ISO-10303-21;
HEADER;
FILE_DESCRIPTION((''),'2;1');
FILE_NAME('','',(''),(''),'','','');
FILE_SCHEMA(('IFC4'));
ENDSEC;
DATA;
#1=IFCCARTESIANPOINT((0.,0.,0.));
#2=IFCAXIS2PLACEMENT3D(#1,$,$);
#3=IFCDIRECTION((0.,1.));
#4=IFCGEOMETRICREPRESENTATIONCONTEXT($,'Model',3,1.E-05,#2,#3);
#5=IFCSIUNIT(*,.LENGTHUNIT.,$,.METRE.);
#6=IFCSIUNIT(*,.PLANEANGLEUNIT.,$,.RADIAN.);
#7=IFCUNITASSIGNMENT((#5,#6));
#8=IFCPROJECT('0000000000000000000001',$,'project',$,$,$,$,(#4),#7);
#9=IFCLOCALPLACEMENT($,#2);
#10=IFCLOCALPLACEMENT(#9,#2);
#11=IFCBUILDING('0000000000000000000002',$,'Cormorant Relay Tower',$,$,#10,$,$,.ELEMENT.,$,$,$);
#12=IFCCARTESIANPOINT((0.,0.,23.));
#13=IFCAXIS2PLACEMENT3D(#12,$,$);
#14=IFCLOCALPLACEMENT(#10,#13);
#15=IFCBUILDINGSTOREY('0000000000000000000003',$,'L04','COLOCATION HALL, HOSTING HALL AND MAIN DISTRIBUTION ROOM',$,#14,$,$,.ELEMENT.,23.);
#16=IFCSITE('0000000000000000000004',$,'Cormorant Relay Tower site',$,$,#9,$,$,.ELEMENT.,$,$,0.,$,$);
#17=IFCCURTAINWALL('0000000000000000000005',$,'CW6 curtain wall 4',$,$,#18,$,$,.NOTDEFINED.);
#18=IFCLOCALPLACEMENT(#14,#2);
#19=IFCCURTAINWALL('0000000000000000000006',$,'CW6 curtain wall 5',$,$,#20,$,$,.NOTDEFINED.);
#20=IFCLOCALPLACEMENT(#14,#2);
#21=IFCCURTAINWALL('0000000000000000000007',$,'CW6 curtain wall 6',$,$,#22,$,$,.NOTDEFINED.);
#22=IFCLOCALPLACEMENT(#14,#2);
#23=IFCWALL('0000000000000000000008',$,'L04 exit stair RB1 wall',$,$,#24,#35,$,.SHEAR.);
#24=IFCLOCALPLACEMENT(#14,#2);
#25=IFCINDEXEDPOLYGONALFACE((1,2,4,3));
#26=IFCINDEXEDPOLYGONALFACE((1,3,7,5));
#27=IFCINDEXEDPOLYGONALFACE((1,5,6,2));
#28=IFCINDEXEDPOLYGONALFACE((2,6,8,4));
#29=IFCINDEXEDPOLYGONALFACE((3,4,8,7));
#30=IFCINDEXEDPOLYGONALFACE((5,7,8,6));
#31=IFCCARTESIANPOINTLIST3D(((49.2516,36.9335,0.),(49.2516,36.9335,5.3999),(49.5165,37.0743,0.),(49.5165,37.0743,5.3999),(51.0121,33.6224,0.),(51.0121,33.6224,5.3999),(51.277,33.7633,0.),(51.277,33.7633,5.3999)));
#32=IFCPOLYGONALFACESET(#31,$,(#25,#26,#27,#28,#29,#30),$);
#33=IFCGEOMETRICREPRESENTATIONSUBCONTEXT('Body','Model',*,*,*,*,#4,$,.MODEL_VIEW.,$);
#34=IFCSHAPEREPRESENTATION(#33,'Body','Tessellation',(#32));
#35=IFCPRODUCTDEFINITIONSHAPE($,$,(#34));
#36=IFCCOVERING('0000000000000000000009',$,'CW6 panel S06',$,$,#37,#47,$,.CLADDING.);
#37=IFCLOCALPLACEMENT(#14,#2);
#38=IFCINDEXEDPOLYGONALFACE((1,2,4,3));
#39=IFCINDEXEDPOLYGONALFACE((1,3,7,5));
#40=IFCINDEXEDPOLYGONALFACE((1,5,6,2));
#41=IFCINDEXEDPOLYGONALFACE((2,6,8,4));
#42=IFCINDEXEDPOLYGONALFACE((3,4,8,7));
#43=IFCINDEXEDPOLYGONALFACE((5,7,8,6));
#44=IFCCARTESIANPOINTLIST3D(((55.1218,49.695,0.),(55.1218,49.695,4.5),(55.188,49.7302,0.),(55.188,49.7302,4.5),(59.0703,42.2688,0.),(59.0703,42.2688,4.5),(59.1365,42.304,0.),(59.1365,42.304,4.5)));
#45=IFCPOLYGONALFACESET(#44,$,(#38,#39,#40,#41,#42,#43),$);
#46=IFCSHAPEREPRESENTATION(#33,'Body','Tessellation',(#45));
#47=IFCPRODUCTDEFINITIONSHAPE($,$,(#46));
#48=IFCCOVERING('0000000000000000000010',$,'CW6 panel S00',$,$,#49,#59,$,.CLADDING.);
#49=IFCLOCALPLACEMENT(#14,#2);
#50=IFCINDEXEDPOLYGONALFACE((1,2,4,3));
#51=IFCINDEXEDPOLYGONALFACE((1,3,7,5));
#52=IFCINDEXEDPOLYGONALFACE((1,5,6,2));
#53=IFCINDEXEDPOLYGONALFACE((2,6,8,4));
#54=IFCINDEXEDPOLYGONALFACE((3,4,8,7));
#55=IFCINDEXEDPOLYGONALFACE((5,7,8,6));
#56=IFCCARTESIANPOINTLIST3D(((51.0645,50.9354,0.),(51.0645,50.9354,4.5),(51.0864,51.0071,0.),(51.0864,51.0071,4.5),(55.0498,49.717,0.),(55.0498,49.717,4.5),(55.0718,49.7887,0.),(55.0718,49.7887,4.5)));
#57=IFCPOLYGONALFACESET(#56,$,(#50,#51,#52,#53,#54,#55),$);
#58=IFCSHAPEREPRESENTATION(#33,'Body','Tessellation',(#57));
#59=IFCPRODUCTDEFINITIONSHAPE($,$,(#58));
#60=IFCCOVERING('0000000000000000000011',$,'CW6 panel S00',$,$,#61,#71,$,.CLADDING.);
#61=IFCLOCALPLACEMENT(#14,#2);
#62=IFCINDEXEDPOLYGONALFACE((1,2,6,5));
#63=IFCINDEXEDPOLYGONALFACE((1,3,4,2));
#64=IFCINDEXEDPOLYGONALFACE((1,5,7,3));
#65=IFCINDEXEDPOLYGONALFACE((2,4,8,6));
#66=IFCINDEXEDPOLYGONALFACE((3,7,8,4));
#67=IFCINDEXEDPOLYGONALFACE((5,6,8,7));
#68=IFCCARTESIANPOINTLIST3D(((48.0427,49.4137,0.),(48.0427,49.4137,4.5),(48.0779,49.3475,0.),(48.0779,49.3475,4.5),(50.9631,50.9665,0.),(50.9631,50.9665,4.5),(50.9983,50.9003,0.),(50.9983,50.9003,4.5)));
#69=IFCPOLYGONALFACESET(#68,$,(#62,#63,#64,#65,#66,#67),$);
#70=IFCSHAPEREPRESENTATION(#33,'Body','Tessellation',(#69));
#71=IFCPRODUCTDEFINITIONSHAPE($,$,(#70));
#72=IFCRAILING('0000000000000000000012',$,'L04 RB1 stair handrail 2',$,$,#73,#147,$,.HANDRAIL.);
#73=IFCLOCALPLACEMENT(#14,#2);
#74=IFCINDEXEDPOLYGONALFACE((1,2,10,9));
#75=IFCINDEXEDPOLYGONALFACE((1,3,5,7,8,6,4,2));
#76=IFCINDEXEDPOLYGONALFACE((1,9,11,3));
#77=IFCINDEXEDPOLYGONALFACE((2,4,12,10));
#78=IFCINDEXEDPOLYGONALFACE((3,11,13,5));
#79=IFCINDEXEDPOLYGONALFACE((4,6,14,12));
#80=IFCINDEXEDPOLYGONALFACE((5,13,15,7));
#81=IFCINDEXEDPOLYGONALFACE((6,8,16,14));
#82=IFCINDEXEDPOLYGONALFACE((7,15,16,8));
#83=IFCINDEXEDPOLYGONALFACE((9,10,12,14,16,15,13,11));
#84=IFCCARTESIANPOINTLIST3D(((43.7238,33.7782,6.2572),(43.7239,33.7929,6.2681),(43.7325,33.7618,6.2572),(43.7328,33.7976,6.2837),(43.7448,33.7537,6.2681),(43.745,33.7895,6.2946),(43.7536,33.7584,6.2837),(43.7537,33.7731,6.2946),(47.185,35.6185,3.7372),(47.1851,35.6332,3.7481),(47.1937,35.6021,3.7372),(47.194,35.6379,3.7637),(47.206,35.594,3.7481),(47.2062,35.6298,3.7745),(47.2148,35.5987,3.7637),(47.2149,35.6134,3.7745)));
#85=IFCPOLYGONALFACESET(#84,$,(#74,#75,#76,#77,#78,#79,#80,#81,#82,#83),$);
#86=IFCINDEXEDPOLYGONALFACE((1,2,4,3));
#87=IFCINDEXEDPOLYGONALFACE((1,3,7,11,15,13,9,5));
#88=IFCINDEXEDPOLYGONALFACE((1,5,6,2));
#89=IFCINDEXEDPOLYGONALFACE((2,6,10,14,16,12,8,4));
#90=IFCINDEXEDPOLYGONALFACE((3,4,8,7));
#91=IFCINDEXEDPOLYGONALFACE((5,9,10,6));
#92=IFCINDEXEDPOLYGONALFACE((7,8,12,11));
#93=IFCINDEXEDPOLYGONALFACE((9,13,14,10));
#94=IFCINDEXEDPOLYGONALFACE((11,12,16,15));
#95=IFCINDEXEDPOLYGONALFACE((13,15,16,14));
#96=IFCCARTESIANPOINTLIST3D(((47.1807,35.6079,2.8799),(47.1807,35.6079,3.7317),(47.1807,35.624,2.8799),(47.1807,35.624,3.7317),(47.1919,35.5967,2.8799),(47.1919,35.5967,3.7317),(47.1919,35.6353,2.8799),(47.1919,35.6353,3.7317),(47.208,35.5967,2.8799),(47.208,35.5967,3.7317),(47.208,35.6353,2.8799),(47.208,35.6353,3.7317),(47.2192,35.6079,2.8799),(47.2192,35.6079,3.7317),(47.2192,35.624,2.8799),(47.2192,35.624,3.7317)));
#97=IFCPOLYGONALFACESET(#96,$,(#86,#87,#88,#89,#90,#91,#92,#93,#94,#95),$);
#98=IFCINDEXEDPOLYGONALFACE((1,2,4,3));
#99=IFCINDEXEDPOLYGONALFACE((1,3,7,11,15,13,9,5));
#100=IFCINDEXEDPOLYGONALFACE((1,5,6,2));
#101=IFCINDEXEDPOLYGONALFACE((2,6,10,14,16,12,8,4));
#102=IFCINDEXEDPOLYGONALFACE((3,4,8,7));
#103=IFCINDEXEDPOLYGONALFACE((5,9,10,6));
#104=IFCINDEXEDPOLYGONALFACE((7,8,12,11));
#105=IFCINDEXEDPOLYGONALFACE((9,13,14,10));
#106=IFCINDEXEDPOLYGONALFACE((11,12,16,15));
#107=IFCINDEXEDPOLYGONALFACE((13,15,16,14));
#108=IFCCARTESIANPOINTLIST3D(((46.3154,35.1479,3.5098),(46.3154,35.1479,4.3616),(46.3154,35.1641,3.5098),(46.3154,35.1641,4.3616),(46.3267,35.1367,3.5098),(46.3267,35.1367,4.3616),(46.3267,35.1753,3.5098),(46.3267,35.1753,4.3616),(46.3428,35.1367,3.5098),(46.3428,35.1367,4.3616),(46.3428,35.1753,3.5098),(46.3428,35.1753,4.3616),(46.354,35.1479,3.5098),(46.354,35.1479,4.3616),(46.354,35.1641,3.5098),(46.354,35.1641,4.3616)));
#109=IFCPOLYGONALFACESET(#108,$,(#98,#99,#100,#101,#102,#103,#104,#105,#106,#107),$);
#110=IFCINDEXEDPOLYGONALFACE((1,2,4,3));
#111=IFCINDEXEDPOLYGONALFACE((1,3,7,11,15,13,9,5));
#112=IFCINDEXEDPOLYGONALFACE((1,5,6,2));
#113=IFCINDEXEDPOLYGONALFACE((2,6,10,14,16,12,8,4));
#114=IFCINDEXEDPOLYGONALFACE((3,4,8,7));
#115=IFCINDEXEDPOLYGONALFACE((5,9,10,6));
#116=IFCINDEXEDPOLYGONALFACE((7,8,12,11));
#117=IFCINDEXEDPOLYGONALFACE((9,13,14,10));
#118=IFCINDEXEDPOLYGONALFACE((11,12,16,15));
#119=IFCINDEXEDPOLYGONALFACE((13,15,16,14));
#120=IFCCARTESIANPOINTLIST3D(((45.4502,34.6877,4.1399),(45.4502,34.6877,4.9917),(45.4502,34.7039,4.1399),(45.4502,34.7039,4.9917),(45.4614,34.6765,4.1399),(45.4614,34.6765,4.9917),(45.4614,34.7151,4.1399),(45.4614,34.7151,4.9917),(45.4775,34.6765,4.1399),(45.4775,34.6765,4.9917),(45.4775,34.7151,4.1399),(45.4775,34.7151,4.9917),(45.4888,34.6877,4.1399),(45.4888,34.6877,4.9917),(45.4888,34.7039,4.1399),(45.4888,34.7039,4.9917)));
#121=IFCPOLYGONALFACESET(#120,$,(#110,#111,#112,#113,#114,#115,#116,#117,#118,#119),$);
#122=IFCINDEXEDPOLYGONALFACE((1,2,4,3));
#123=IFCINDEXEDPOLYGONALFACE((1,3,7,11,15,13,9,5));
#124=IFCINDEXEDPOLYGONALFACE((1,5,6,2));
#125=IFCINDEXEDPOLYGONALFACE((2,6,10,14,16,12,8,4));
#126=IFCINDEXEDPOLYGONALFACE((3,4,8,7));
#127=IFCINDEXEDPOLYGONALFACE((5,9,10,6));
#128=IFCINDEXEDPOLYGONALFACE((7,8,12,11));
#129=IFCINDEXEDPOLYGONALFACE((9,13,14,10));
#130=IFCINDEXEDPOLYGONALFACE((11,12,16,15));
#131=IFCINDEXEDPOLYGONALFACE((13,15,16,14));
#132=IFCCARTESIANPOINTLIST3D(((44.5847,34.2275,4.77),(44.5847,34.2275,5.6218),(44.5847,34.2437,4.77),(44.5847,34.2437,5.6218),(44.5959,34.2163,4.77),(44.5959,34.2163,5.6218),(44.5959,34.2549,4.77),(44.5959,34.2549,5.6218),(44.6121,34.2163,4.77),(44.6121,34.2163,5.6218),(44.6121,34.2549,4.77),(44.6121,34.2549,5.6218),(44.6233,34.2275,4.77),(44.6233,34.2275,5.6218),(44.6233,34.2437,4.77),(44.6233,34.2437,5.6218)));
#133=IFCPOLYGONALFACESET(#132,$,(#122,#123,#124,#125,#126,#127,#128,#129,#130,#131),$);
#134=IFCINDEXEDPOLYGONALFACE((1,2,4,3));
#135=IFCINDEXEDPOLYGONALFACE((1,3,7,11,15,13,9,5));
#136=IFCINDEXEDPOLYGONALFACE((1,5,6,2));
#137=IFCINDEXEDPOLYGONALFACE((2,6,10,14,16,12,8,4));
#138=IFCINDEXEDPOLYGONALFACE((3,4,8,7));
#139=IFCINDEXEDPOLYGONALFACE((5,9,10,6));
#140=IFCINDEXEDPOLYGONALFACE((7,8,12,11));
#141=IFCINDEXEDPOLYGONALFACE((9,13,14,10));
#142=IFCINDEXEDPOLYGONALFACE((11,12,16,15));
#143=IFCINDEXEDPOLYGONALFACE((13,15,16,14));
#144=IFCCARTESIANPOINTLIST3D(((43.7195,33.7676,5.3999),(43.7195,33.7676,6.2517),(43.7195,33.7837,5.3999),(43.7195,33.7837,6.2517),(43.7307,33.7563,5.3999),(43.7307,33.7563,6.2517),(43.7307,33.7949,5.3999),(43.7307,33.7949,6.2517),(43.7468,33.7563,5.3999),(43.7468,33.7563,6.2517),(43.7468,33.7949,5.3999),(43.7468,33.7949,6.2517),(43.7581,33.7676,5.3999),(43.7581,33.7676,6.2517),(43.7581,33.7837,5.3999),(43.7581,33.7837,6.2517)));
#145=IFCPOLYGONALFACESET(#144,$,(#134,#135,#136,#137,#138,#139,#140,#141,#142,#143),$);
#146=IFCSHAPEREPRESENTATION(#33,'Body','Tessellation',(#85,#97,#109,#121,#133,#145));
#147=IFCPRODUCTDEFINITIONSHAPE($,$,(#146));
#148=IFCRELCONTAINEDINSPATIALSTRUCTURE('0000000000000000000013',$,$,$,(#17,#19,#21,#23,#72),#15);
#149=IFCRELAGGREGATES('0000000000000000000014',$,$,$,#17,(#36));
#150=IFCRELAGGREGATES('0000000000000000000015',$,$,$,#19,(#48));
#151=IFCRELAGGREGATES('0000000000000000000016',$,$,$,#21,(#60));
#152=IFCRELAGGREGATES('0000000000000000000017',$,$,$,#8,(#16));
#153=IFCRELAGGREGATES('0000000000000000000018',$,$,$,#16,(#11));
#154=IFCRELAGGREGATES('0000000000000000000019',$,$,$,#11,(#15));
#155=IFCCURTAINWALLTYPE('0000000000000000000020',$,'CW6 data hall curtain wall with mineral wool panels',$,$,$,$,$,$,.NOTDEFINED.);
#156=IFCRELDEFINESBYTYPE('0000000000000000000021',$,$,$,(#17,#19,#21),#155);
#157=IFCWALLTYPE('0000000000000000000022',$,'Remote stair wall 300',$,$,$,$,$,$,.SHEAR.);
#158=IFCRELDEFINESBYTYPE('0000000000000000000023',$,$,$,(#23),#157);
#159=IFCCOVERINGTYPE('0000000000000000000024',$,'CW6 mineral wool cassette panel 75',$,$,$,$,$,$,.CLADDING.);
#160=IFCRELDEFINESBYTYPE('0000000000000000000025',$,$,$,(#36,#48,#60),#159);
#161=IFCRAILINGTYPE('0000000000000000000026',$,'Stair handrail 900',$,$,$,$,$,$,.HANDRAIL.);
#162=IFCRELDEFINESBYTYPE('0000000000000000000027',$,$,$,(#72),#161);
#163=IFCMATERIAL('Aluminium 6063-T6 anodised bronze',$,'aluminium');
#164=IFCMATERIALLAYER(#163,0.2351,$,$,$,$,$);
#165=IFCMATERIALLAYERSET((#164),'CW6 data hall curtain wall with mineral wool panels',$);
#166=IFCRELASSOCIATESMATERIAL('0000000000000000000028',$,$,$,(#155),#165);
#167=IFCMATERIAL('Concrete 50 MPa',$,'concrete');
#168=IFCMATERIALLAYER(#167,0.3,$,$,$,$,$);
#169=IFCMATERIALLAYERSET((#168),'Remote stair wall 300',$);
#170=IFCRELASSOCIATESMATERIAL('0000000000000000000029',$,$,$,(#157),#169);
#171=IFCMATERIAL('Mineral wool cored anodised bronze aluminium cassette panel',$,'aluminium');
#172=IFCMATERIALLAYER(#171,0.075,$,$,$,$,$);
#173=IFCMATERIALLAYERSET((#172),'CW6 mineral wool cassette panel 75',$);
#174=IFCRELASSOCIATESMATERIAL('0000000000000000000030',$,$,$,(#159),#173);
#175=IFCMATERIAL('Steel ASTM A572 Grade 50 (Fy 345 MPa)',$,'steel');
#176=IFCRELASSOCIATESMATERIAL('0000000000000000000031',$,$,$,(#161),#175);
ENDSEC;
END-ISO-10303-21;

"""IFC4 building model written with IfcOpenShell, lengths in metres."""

from ifc_helpers import new_model, si_unit, direction, frame, frame_2d, origin, origin_2d, place, context, subcontext, project, spatial, polyline, rectangle, outline, extrude, material, layer, layer_set, type_object, element, aggregate, save


model = new_model("IFC4")

# Units and contexts
model_context = context("Model", 3, precision=1e-05, world=origin(), true_north=direction((0.0, 1.0)))
body_context = subcontext(model_context, "Body", "Model", "MODEL_VIEW")
ifc_project = project(units=[si_unit("LENGTHUNIT", "METRE"), si_unit("PLANEANGLEUNIT", "RADIAN")], contexts=[model_context])

# Site, building, storey
site_placement = place(None, origin())
site = spatial("IfcSite", under=ifc_project, at=site_placement, Name="Cormorant Relay Tower site", CompositionType="ELEMENT", RefElevation=0.0)
building_placement = place(site_placement, origin())
building = spatial("IfcBuilding", under=site, at=building_placement, Name="Cormorant Relay Tower", CompositionType="ELEMENT")
storey_placement = place(building_placement, frame((0.0, 0.0, 23.0)))
storey = spatial("IfcBuildingStorey", under=building, at=storey_placement, Name="L04", Description="COLOCATION HALL, HOSTING HALL AND MAIN DISTRIBUTION ROOM", CompositionType="ELEMENT", Elevation=23.0)

# Curtain wall
ifc_material_1 = material(Name="Aluminium 6063-T6 anodised bronze", Category="aluminium")
ifc_layer_1 = layer(ifc_material_1, 0.2351)
ifc_layer_set_1 = layer_set([ifc_layer_1], Name="CW6 data hall curtain wall with mineral wool panels")
curtain_wall_type = type_object("IfcCurtainWallType", Name="CW6 data hall curtain wall with mineral wool panels", PredefinedType="NOTDEFINED", material=ifc_layer_set_1)
curtain_wall_1_placement = place(storey_placement, origin())
curtain_wall_1 = element("IfcCurtainWall", 1, at=curtain_wall_1_placement, inside=storey, type_object=curtain_wall_type, Name="CW6 curtain wall 4", PredefinedType="NOTDEFINED")

# Curtain wall
curtain_wall_2_placement = place(storey_placement, origin())
curtain_wall_2 = element("IfcCurtainWall", 2, at=curtain_wall_2_placement, inside=storey, type_object=curtain_wall_type, Name="CW6 curtain wall 5", PredefinedType="NOTDEFINED")

# Curtain wall
curtain_wall_3_placement = place(storey_placement, origin())
curtain_wall_3 = element("IfcCurtainWall", 3, at=curtain_wall_3_placement, inside=storey, type_object=curtain_wall_type, Name="CW6 curtain wall 6", PredefinedType="NOTDEFINED")

# Wall
ifc_material_2 = material(Name="Concrete 50 MPa", Category="concrete")
ifc_layer_2 = layer(ifc_material_2, 0.3)
ifc_layer_set_2 = layer_set([ifc_layer_2], Name="Remote stair wall 300")
wall_type_1 = type_object("IfcWallType", Name="Remote stair wall 300", PredefinedType="SHEAR", material=ifc_layer_set_2)
wall_1_placement = place(storey_placement, frame((49.384, 37.0039, 0.0), z_axis=(0.0, 0.0, 1.0), x_axis=(0.469469, -0.882949, 0.0)))
element("IfcWall", 4, at=wall_1_placement, inside=storey, type_object=wall_type_1, Name="L04 exit stair RB1 wall", PredefinedType="SHEAR", context=body_context, shape_type="SweptSolid", body=[
    extrude(rectangle(XDim=3.75, YDim=0.3, at=frame_2d((1.875, 0.0))), origin(), (0.0, 0.0, 1.0), 5.3999),
])

# Coverings
ifc_material_3 = material(Name="Mineral wool cored anodised bronze aluminium cassette panel", Category="aluminium")
ifc_layer_3 = layer(ifc_material_3, 0.075)
ifc_layer_set_3 = layer_set([ifc_layer_3], Name="CW6 mineral wool cassette panel 75")
covering_type = type_object("IfcCoveringType", Name="CW6 mineral wool cassette panel 75", PredefinedType="CLADDING", material=ifc_layer_set_3)
covering_1_placement = place(storey_placement, frame((57.1292, 45.9995, 0.0), z_axis=(0.0, 0.0, 1.0), x_axis=(-0.469472, 0.882948, 0.0)))
covering_1 = element("IfcCovering", 5, at=covering_1_placement, type_object=covering_type, Name="CW6 panel S06", PredefinedType="CLADDING", context=body_context, shape_type="SweptSolid", body=[
    extrude(rectangle(XDim=8.4106, YDim=0.075, at=origin_2d()), origin(), (0.0, 0.0, 1.0), 4.5),
])
aggregate(curtain_wall_1, [covering_1])
covering_2_placement = place(storey_placement, frame((53.0681, 50.3621, 0.0), z_axis=(0.0, 0.0, 1.0), x_axis=(-0.956305, 0.292372, 0.0)))
covering_2 = element("IfcCovering", 6, at=covering_2_placement, type_object=covering_type, Name="CW6 panel S00", PredefinedType="CLADDING", context=body_context, shape_type="SweptSolid", body=[
    extrude(rectangle(XDim=4.1675, YDim=0.075, at=origin_2d()), origin(), (0.0, 0.0, 1.0), 4.5),
])
aggregate(curtain_wall_2, [covering_2])
covering_3_placement = place(storey_placement, frame((49.5205, 50.157, 0.0), z_axis=(0.0, 0.0, 1.0), x_axis=(-0.882948, -0.469472, 0.0)))
covering_3 = element("IfcCovering", 7, at=covering_3_placement, type_object=covering_type, Name="CW6 panel S00", PredefinedType="CLADDING", context=body_context, shape_type="SweptSolid", body=[
    extrude(rectangle(XDim=3.3076, YDim=0.075, at=origin_2d()), origin(), (0.0, 0.0, 1.0), 4.5),
])
aggregate(curtain_wall_3, [covering_3])

# Railing
ifc_material_4 = material(Name="Steel ASTM A572 Grade 50 (Fy 345 MPa)", Category="steel")
railing_type = type_object("IfcRailingType", Name="Stair handrail 900", PredefinedType="HANDRAIL", material=ifc_material_4)
railing_placement = place(storey_placement, frame((47.2, 35.616, 2.8799)))
element("IfcRailing", 8, at=railing_placement, inside=storey, type_object=railing_type, Name="L04 RB1 stair handrail 2", PredefinedType="HANDRAIL", context=body_context, shape_type="SweptSolid", body=[
    extrude(outline(polyline([(0.0222, 0.0093), (0.0093, 0.0222), (-0.0093, 0.0222), (-0.0222, 0.0093), (-0.0222, -0.0093), (-0.0093, -0.0222), (0.0093, -0.0222), (0.0222, -0.0093), (0.0222, 0.0093)])), frame((0.0, 0.0, 0.876), z_axis=(-0.742717, -0.394907, 0.540758), x_axis=(0.469469, -0.882949, 0.0)), (0.0, 0.0, 1.0), 4.6602),
    extrude(outline(polyline([(0.0193, 0.0081), (0.0081, 0.0193), (-0.0081, 0.0193), (-0.0193, 0.0081), (-0.0193, -0.0081), (-0.0081, -0.0193), (0.0081, -0.0193), (0.0193, -0.0081), (0.0193, 0.0081)])), origin(), (0.0, 0.0, 1.0), 0.8518),
    extrude(outline(polyline([(0.0193, 0.0081), (0.0081, 0.0193), (-0.0081, 0.0193), (-0.0193, 0.0081), (-0.0193, -0.0081), (-0.0081, -0.0193), (0.0081, -0.0193), (0.0193, -0.0081), (0.0193, 0.0081)])), frame((-0.8652, -0.46, 0.6299)), (0.0, 0.0, 1.0), 0.8518),
    extrude(outline(polyline([(0.0193, 0.0081), (0.0081, 0.0193), (-0.0081, 0.0193), (-0.0193, 0.0081), (-0.0193, -0.0081), (-0.0081, -0.0193), (0.0081, -0.0193), (0.0193, -0.0081), (0.0193, 0.0081)])), frame((-1.7305, -0.9202, 1.26)), (0.0, 0.0, 1.0), 0.8518),
    extrude(outline(polyline([(0.0193, 0.0081), (0.0081, 0.0193), (-0.0081, 0.0193), (-0.0193, 0.0081), (-0.0193, -0.0081), (-0.0081, -0.0193), (0.0081, -0.0193), (0.0193, -0.0081), (0.0193, 0.0081)])), frame((-2.5959, -1.3804, 1.8901)), (0.0, 0.0, 1.0), 0.8518),
    extrude(outline(polyline([(0.0193, 0.0081), (0.0081, 0.0193), (-0.0081, 0.0193), (-0.0193, 0.0081), (-0.0193, -0.0081), (-0.0081, -0.0193), (0.0081, -0.0193), (0.0193, -0.0081), (0.0193, 0.0081)])), frame((-3.4612, -1.8403, 2.52)), (0.0, 0.0, 1.0), 0.8518),
])

save(model, "model.ifc")
